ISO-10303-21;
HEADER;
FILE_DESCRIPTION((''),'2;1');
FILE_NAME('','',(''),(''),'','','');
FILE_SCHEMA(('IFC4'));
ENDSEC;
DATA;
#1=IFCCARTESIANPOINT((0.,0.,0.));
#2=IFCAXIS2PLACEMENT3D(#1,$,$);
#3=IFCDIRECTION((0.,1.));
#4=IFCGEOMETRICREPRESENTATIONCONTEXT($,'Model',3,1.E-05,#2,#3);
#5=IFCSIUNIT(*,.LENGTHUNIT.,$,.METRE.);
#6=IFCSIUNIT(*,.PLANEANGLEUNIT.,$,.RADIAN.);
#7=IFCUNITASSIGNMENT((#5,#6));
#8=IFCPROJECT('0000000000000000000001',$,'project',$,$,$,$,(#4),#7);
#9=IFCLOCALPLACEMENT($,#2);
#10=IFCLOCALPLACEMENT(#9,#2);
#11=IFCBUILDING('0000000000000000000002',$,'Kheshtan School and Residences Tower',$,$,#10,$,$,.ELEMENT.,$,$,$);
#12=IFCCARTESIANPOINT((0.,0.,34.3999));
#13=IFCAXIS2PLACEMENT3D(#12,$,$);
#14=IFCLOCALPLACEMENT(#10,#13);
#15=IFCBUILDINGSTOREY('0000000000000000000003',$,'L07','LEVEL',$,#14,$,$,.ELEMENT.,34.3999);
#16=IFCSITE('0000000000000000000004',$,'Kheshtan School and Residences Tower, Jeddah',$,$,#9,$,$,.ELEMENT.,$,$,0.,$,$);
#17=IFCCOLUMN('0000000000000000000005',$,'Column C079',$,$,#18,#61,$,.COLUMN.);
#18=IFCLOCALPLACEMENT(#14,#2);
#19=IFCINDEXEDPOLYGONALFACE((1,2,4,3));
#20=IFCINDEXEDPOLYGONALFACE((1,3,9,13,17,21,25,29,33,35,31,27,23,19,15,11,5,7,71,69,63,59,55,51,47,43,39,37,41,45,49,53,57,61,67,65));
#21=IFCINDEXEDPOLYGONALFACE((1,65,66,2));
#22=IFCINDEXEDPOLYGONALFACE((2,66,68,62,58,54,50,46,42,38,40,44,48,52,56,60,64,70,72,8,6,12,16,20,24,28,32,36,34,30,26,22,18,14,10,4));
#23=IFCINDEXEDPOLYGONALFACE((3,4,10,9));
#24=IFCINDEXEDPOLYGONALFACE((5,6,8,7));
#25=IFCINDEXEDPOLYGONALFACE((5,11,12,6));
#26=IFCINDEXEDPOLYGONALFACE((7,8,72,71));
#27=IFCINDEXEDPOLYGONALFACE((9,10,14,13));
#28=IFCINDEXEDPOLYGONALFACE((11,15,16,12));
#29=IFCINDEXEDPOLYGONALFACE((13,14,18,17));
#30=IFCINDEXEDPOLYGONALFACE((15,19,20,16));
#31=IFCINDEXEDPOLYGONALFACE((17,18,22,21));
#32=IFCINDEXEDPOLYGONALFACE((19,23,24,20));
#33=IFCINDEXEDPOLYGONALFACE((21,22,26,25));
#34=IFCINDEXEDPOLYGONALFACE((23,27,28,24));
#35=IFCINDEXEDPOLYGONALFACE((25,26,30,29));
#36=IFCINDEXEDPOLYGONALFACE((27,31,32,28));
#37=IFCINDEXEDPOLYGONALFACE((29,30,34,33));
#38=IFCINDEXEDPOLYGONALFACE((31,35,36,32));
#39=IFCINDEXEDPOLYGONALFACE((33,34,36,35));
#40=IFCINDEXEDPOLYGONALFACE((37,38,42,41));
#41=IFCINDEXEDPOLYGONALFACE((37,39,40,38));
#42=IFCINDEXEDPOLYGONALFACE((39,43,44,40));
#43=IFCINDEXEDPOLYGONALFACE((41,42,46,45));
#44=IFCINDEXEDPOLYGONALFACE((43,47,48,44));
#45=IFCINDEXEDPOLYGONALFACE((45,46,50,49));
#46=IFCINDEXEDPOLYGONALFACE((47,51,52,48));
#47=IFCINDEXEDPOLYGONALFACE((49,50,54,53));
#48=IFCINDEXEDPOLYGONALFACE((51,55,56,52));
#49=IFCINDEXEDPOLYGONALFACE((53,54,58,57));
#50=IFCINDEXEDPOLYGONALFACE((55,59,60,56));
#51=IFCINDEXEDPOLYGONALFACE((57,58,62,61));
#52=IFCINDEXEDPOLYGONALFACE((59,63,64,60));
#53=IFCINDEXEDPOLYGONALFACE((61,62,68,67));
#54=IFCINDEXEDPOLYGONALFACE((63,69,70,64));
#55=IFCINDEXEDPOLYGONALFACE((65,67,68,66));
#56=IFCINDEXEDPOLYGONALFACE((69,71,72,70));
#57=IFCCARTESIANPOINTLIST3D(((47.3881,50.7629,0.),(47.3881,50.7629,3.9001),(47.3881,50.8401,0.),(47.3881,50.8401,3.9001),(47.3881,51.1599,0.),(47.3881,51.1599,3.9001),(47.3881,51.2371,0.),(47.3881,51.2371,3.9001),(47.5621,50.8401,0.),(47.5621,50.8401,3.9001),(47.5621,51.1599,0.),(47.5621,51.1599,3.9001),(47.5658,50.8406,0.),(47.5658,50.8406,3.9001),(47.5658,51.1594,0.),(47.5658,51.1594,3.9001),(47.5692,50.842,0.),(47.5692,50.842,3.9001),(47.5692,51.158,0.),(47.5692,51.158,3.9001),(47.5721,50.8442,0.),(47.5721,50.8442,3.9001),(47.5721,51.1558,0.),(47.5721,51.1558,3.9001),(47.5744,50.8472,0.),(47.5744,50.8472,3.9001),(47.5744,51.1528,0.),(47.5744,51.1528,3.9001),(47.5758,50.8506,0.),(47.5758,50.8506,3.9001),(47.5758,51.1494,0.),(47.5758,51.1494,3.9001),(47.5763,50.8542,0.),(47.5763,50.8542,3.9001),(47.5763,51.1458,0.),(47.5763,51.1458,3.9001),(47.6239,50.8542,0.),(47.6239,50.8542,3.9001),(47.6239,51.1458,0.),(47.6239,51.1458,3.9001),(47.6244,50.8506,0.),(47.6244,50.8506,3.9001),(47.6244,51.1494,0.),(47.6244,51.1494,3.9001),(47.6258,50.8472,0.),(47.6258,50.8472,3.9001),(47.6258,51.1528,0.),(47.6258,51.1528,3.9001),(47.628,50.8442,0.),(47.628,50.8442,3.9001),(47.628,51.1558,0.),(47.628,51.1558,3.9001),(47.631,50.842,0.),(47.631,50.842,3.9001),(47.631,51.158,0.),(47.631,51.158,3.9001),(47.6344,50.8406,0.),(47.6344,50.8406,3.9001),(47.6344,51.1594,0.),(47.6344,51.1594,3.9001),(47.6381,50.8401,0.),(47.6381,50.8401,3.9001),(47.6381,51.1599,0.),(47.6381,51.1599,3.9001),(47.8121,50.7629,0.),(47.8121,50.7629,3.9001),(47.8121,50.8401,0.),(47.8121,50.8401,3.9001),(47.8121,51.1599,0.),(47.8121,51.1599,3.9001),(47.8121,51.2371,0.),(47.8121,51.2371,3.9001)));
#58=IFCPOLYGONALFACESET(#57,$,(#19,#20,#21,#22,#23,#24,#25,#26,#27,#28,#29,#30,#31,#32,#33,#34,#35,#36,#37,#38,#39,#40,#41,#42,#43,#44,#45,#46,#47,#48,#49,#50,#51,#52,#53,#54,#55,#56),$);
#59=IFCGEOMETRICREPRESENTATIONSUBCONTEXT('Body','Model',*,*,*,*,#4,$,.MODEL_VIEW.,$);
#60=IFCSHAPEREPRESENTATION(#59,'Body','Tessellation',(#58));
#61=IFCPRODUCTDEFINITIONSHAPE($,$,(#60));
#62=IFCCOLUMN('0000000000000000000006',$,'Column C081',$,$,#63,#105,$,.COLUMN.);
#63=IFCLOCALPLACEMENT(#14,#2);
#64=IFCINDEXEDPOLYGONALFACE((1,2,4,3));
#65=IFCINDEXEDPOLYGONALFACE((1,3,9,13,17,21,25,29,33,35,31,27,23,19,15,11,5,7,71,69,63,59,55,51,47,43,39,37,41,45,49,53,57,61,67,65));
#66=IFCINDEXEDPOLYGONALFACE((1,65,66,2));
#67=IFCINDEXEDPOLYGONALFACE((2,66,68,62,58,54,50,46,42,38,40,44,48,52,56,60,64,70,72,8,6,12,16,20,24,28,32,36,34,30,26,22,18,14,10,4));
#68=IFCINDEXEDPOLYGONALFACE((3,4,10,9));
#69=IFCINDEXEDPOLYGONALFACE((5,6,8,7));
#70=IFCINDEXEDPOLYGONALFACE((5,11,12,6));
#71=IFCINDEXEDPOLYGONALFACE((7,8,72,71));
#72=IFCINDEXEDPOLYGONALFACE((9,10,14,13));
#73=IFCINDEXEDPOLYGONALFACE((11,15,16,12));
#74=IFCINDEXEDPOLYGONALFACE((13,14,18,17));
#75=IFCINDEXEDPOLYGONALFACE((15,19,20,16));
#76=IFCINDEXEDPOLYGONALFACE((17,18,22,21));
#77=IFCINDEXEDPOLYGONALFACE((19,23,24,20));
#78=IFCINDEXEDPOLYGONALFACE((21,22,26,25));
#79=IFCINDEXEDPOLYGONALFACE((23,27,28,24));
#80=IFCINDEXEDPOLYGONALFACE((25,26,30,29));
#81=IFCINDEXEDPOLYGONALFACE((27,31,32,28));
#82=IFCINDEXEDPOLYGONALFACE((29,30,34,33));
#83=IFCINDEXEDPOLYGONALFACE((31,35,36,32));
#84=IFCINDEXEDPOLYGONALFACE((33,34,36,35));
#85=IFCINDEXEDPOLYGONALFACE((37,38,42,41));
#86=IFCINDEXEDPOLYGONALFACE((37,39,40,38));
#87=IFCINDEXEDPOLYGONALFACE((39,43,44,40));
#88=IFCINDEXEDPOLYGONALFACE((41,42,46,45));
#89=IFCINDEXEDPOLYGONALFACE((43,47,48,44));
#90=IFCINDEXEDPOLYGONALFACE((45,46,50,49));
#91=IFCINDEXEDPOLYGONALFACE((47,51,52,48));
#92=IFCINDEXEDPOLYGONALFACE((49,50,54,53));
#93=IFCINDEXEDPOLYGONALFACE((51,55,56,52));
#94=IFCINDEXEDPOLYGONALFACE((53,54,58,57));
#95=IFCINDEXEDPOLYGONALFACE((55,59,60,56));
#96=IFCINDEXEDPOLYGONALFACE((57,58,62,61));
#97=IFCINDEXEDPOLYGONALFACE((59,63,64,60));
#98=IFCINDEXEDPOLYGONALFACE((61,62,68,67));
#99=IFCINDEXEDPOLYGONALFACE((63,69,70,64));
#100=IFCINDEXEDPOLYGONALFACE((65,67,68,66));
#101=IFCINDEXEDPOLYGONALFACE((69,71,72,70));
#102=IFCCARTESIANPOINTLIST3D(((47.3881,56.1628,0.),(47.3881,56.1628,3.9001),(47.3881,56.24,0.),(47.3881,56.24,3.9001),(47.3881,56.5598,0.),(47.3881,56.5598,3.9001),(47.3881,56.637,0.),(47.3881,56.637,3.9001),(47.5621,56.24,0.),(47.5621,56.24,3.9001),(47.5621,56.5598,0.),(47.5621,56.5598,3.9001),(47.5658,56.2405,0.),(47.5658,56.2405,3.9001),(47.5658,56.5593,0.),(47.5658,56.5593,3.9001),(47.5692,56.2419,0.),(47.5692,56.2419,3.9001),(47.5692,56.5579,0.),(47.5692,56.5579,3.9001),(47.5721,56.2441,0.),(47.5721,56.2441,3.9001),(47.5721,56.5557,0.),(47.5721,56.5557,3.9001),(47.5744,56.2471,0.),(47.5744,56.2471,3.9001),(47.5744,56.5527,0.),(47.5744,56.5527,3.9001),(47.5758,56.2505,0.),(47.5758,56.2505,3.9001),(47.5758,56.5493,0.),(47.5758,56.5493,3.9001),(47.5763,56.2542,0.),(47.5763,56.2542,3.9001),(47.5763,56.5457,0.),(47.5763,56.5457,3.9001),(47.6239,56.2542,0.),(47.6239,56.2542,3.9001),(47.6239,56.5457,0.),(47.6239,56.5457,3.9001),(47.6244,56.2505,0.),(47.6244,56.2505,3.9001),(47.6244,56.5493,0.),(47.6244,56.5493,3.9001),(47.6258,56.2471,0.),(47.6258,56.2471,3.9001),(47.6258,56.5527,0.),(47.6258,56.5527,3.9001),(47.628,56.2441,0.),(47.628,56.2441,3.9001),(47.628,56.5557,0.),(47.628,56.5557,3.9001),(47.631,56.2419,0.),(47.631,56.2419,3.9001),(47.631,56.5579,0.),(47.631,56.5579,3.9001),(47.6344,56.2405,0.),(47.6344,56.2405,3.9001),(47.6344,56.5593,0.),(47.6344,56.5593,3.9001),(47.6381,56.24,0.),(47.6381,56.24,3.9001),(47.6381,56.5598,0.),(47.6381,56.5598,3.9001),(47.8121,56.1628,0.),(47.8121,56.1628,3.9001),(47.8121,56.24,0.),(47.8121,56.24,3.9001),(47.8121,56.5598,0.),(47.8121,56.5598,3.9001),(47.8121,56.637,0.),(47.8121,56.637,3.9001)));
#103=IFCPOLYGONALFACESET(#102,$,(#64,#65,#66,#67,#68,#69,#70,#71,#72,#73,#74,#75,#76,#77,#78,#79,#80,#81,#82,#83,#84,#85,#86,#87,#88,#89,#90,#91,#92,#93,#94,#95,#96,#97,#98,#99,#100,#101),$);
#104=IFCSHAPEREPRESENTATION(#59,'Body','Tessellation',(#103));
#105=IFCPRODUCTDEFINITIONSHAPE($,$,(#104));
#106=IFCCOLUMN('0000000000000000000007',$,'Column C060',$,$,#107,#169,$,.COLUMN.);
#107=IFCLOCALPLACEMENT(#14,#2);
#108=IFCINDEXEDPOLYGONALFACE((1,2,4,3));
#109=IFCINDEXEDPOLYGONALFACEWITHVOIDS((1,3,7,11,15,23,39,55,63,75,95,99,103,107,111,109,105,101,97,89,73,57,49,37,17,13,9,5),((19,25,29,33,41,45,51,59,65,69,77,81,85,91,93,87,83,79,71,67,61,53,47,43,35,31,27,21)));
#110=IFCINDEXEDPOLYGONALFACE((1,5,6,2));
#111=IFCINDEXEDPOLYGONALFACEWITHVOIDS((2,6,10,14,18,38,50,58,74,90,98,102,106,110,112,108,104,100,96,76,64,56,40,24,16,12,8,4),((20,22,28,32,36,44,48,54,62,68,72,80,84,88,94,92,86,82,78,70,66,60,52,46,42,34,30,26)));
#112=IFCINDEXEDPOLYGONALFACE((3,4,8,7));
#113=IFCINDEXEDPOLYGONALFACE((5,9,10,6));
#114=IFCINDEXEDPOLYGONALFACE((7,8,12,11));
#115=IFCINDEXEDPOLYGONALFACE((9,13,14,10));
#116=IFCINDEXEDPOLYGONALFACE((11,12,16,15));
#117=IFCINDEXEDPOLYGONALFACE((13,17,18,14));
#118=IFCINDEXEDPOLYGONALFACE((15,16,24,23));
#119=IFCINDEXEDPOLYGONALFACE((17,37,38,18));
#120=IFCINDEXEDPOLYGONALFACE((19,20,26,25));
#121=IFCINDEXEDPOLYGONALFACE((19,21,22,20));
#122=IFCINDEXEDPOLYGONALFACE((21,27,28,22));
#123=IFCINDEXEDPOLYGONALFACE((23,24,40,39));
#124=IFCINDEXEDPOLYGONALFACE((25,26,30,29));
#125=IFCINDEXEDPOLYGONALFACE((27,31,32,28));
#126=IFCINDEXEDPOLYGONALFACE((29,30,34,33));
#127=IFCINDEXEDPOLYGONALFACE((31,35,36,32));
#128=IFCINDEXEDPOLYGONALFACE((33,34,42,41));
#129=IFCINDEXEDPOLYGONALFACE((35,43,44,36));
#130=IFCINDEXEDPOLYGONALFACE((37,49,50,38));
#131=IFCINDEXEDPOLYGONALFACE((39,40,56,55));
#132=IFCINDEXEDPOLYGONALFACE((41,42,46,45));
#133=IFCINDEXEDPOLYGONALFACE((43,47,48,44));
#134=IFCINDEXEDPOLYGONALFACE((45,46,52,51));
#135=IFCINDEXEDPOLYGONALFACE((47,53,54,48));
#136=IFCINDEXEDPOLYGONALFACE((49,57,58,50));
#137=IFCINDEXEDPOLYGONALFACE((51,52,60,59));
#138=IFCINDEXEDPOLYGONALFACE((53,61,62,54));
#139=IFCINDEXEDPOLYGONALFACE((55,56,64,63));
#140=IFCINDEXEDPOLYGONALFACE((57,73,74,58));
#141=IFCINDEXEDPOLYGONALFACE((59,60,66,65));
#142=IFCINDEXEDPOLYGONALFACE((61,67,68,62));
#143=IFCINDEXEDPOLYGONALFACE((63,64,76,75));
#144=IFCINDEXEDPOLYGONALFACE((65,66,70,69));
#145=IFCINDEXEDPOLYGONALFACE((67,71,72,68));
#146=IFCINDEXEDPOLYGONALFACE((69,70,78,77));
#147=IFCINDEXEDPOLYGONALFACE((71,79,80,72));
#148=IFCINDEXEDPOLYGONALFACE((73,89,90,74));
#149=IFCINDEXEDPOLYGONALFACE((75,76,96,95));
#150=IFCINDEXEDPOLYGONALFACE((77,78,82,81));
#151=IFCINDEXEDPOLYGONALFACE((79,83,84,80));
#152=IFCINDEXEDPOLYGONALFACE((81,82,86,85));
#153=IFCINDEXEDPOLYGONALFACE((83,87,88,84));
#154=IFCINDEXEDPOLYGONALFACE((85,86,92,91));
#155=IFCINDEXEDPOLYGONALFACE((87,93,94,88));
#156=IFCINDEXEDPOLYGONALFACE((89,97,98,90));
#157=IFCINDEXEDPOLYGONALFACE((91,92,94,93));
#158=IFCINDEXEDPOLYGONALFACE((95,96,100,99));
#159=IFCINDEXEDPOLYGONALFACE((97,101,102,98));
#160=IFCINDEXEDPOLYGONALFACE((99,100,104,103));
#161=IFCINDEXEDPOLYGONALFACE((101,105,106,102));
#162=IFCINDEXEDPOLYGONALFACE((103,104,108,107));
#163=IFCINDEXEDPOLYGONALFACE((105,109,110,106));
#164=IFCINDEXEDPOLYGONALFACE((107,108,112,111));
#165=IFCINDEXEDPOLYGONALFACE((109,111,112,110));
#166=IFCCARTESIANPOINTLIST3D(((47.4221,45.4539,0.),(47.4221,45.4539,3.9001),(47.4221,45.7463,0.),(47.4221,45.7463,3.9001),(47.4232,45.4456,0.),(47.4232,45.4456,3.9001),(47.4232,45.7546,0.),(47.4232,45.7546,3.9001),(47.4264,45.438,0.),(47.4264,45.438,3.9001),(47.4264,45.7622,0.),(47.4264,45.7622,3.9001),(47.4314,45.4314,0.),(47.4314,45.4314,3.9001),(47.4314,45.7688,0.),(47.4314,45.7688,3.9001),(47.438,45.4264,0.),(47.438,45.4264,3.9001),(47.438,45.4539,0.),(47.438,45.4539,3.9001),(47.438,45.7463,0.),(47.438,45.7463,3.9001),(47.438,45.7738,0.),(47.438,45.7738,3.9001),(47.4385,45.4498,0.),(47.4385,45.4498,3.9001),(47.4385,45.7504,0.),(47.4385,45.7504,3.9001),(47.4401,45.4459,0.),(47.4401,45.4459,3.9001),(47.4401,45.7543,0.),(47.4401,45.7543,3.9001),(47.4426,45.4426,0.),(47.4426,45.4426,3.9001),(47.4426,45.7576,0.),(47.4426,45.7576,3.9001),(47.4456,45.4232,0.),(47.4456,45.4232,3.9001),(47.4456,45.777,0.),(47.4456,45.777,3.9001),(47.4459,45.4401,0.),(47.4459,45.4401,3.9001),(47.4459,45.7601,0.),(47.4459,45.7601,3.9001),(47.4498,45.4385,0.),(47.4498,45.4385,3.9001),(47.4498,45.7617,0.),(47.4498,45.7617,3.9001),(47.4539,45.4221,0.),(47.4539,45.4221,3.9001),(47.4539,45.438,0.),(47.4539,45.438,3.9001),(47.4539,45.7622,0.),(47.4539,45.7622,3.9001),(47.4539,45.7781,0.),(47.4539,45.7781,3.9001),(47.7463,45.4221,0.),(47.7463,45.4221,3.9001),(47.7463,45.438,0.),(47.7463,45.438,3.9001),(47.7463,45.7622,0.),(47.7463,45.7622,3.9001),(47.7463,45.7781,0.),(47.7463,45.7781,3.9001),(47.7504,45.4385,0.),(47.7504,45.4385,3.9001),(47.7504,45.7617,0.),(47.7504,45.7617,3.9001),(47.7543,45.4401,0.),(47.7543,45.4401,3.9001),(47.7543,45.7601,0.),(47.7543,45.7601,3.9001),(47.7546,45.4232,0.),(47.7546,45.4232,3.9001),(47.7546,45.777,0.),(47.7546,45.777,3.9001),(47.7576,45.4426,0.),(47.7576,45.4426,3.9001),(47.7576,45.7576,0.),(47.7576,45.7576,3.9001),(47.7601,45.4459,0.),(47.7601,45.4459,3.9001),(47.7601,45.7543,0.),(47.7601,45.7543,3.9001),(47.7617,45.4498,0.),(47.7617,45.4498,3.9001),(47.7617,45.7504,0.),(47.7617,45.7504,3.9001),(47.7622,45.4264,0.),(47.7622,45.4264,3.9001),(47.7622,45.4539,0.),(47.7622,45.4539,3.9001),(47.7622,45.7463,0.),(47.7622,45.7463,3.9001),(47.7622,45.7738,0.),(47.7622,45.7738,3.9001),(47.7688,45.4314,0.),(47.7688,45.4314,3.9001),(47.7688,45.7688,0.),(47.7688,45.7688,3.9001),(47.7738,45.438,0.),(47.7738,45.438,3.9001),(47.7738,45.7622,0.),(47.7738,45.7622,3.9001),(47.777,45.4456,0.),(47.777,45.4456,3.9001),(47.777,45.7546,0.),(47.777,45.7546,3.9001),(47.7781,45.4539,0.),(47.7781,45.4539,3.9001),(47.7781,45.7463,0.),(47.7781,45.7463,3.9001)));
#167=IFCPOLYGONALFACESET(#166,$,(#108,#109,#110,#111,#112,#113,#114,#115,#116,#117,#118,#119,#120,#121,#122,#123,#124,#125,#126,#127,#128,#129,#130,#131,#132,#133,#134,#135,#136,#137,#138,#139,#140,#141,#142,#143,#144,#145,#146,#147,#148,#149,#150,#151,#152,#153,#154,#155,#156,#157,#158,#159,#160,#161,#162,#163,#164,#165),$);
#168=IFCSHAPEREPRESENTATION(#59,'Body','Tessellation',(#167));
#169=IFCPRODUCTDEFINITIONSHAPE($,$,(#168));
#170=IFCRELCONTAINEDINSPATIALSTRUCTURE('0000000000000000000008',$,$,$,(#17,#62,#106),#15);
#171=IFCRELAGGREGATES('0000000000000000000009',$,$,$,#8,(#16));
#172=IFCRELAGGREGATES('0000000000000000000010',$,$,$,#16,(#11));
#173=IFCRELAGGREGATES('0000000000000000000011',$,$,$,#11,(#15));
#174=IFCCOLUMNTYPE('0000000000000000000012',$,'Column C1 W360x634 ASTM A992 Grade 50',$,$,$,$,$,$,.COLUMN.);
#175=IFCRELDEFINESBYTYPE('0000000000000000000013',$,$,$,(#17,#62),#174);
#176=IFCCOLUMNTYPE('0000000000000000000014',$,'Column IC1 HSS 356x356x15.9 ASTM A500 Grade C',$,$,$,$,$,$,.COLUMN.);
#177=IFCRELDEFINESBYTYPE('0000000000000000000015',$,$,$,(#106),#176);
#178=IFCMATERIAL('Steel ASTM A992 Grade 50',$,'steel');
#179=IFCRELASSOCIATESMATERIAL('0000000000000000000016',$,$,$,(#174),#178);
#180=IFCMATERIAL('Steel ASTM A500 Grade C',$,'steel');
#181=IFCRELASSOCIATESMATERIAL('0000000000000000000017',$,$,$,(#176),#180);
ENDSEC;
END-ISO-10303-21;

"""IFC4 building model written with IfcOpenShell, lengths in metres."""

from ifc_helpers import new_model, si_unit, direction, frame, origin, origin_2d, place, context, subcontext, project, spatial, hollow_rectangle, i_section, extrude, material, material_profile, profile_set, type_object, element, save


model = new_model("IFC4")

# Units and contexts
model_context = context("Model", 3, precision=1e-05, world=origin(), true_north=direction((0.0, 1.0)))
body_context = subcontext(model_context, "Body", "Model", "MODEL_VIEW")
ifc_project = project(units=[si_unit("LENGTHUNIT", "METRE"), si_unit("PLANEANGLEUNIT", "RADIAN")], contexts=[model_context])

# Site, building, storey
site_placement = place(None, origin())
site = spatial("IfcSite", under=ifc_project, at=site_placement, Name="Kheshtan School and Residences Tower, Jeddah", CompositionType="ELEMENT", RefElevation=0.0)
building_placement = place(site_placement, origin())
building = spatial("IfcBuilding", under=site, at=building_placement, Name="Kheshtan School and Residences Tower", CompositionType="ELEMENT")
storey_placement = place(building_placement, frame((0.0, 0.0, 34.3999)))
storey = spatial("IfcBuildingStorey", under=building, at=storey_placement, Name="L07", Description="LEVEL", CompositionType="ELEMENT", Elevation=34.3999)

# Columns
ifc_material_1 = material(Name="Steel ASTM A992 Grade 50", Category="steel")
ifc_material_profile_1 = material_profile(ifc_material_1, i_section(OverallWidth=0.4241, OverallDepth=0.4741, WebThickness=0.0476, FlangeThickness=0.0771, FilletRadius=0.0142, at=origin_2d()), Name="W360x634")
ifc_profile_set_1 = profile_set([ifc_material_profile_1], Name="Steel ASTM A992 Grade 50")
column_type_1 = type_object("IfcColumnType", Name="Column C1 W360x634 ASTM A992 Grade 50", PredefinedType="COLUMN", material=ifc_profile_set_1)
for number, where, z_axis, x_axis, name in (
    (1, (47.6001, 51.0, 0.0), (0.0, 0.0, 1.0), (1.0, 0.0, 0.0), "Column C079"),
    (2, (47.6001, 56.3999, 0.0), (0.0, 0.0, 1.0), (1.0, 0.0, 0.0), "Column C081"),
):
    element("IfcColumn", number, at=place(storey_placement, frame(where, z_axis=z_axis, x_axis=x_axis)), inside=storey, type_object=column_type_1, Name=name, PredefinedType="COLUMN", context=body_context, shape_type="SweptSolid", body=[
        extrude(i_section(OverallWidth=0.4241, OverallDepth=0.4741, WebThickness=0.0476, FlangeThickness=0.0771, FilletRadius=0.0142, at=origin_2d()), origin(), (0.0, 0.0, 1.0), 3.9001),
    ])
ifc_material_2 = material(Name="Steel ASTM A500 Grade C", Category="steel")
ifc_material_profile_2 = material_profile(ifc_material_2, hollow_rectangle(XDim=0.356, YDim=0.356, WallThickness=0.0159, InnerFilletRadius=0.0159, OuterFilletRadius=0.0317, at=origin_2d()), Name="HSS 356x356x15.9")
ifc_profile_set_2 = profile_set([ifc_material_profile_2], Name="Steel ASTM A500 Grade C")
column_type_2 = type_object("IfcColumnType", Name="Column IC1 HSS 356x356x15.9 ASTM A500 Grade C", PredefinedType="COLUMN", material=ifc_profile_set_2)
column_placement = place(storey_placement, frame((47.6001, 45.6001, 0.0), z_axis=(0.0, 0.0, 1.0), x_axis=(1.0, 0.0, 0.0)))
element("IfcColumn", 3, at=column_placement, inside=storey, type_object=column_type_2, Name="Column C060", PredefinedType="COLUMN", context=body_context, shape_type="SweptSolid", body=[
    extrude(hollow_rectangle(XDim=0.356, YDim=0.356, WallThickness=0.0159, InnerFilletRadius=0.0159, OuterFilletRadius=0.0317, at=origin_2d()), origin(), (0.0, 0.0, 1.0), 3.9001),
])

save(model, "model.ifc")
